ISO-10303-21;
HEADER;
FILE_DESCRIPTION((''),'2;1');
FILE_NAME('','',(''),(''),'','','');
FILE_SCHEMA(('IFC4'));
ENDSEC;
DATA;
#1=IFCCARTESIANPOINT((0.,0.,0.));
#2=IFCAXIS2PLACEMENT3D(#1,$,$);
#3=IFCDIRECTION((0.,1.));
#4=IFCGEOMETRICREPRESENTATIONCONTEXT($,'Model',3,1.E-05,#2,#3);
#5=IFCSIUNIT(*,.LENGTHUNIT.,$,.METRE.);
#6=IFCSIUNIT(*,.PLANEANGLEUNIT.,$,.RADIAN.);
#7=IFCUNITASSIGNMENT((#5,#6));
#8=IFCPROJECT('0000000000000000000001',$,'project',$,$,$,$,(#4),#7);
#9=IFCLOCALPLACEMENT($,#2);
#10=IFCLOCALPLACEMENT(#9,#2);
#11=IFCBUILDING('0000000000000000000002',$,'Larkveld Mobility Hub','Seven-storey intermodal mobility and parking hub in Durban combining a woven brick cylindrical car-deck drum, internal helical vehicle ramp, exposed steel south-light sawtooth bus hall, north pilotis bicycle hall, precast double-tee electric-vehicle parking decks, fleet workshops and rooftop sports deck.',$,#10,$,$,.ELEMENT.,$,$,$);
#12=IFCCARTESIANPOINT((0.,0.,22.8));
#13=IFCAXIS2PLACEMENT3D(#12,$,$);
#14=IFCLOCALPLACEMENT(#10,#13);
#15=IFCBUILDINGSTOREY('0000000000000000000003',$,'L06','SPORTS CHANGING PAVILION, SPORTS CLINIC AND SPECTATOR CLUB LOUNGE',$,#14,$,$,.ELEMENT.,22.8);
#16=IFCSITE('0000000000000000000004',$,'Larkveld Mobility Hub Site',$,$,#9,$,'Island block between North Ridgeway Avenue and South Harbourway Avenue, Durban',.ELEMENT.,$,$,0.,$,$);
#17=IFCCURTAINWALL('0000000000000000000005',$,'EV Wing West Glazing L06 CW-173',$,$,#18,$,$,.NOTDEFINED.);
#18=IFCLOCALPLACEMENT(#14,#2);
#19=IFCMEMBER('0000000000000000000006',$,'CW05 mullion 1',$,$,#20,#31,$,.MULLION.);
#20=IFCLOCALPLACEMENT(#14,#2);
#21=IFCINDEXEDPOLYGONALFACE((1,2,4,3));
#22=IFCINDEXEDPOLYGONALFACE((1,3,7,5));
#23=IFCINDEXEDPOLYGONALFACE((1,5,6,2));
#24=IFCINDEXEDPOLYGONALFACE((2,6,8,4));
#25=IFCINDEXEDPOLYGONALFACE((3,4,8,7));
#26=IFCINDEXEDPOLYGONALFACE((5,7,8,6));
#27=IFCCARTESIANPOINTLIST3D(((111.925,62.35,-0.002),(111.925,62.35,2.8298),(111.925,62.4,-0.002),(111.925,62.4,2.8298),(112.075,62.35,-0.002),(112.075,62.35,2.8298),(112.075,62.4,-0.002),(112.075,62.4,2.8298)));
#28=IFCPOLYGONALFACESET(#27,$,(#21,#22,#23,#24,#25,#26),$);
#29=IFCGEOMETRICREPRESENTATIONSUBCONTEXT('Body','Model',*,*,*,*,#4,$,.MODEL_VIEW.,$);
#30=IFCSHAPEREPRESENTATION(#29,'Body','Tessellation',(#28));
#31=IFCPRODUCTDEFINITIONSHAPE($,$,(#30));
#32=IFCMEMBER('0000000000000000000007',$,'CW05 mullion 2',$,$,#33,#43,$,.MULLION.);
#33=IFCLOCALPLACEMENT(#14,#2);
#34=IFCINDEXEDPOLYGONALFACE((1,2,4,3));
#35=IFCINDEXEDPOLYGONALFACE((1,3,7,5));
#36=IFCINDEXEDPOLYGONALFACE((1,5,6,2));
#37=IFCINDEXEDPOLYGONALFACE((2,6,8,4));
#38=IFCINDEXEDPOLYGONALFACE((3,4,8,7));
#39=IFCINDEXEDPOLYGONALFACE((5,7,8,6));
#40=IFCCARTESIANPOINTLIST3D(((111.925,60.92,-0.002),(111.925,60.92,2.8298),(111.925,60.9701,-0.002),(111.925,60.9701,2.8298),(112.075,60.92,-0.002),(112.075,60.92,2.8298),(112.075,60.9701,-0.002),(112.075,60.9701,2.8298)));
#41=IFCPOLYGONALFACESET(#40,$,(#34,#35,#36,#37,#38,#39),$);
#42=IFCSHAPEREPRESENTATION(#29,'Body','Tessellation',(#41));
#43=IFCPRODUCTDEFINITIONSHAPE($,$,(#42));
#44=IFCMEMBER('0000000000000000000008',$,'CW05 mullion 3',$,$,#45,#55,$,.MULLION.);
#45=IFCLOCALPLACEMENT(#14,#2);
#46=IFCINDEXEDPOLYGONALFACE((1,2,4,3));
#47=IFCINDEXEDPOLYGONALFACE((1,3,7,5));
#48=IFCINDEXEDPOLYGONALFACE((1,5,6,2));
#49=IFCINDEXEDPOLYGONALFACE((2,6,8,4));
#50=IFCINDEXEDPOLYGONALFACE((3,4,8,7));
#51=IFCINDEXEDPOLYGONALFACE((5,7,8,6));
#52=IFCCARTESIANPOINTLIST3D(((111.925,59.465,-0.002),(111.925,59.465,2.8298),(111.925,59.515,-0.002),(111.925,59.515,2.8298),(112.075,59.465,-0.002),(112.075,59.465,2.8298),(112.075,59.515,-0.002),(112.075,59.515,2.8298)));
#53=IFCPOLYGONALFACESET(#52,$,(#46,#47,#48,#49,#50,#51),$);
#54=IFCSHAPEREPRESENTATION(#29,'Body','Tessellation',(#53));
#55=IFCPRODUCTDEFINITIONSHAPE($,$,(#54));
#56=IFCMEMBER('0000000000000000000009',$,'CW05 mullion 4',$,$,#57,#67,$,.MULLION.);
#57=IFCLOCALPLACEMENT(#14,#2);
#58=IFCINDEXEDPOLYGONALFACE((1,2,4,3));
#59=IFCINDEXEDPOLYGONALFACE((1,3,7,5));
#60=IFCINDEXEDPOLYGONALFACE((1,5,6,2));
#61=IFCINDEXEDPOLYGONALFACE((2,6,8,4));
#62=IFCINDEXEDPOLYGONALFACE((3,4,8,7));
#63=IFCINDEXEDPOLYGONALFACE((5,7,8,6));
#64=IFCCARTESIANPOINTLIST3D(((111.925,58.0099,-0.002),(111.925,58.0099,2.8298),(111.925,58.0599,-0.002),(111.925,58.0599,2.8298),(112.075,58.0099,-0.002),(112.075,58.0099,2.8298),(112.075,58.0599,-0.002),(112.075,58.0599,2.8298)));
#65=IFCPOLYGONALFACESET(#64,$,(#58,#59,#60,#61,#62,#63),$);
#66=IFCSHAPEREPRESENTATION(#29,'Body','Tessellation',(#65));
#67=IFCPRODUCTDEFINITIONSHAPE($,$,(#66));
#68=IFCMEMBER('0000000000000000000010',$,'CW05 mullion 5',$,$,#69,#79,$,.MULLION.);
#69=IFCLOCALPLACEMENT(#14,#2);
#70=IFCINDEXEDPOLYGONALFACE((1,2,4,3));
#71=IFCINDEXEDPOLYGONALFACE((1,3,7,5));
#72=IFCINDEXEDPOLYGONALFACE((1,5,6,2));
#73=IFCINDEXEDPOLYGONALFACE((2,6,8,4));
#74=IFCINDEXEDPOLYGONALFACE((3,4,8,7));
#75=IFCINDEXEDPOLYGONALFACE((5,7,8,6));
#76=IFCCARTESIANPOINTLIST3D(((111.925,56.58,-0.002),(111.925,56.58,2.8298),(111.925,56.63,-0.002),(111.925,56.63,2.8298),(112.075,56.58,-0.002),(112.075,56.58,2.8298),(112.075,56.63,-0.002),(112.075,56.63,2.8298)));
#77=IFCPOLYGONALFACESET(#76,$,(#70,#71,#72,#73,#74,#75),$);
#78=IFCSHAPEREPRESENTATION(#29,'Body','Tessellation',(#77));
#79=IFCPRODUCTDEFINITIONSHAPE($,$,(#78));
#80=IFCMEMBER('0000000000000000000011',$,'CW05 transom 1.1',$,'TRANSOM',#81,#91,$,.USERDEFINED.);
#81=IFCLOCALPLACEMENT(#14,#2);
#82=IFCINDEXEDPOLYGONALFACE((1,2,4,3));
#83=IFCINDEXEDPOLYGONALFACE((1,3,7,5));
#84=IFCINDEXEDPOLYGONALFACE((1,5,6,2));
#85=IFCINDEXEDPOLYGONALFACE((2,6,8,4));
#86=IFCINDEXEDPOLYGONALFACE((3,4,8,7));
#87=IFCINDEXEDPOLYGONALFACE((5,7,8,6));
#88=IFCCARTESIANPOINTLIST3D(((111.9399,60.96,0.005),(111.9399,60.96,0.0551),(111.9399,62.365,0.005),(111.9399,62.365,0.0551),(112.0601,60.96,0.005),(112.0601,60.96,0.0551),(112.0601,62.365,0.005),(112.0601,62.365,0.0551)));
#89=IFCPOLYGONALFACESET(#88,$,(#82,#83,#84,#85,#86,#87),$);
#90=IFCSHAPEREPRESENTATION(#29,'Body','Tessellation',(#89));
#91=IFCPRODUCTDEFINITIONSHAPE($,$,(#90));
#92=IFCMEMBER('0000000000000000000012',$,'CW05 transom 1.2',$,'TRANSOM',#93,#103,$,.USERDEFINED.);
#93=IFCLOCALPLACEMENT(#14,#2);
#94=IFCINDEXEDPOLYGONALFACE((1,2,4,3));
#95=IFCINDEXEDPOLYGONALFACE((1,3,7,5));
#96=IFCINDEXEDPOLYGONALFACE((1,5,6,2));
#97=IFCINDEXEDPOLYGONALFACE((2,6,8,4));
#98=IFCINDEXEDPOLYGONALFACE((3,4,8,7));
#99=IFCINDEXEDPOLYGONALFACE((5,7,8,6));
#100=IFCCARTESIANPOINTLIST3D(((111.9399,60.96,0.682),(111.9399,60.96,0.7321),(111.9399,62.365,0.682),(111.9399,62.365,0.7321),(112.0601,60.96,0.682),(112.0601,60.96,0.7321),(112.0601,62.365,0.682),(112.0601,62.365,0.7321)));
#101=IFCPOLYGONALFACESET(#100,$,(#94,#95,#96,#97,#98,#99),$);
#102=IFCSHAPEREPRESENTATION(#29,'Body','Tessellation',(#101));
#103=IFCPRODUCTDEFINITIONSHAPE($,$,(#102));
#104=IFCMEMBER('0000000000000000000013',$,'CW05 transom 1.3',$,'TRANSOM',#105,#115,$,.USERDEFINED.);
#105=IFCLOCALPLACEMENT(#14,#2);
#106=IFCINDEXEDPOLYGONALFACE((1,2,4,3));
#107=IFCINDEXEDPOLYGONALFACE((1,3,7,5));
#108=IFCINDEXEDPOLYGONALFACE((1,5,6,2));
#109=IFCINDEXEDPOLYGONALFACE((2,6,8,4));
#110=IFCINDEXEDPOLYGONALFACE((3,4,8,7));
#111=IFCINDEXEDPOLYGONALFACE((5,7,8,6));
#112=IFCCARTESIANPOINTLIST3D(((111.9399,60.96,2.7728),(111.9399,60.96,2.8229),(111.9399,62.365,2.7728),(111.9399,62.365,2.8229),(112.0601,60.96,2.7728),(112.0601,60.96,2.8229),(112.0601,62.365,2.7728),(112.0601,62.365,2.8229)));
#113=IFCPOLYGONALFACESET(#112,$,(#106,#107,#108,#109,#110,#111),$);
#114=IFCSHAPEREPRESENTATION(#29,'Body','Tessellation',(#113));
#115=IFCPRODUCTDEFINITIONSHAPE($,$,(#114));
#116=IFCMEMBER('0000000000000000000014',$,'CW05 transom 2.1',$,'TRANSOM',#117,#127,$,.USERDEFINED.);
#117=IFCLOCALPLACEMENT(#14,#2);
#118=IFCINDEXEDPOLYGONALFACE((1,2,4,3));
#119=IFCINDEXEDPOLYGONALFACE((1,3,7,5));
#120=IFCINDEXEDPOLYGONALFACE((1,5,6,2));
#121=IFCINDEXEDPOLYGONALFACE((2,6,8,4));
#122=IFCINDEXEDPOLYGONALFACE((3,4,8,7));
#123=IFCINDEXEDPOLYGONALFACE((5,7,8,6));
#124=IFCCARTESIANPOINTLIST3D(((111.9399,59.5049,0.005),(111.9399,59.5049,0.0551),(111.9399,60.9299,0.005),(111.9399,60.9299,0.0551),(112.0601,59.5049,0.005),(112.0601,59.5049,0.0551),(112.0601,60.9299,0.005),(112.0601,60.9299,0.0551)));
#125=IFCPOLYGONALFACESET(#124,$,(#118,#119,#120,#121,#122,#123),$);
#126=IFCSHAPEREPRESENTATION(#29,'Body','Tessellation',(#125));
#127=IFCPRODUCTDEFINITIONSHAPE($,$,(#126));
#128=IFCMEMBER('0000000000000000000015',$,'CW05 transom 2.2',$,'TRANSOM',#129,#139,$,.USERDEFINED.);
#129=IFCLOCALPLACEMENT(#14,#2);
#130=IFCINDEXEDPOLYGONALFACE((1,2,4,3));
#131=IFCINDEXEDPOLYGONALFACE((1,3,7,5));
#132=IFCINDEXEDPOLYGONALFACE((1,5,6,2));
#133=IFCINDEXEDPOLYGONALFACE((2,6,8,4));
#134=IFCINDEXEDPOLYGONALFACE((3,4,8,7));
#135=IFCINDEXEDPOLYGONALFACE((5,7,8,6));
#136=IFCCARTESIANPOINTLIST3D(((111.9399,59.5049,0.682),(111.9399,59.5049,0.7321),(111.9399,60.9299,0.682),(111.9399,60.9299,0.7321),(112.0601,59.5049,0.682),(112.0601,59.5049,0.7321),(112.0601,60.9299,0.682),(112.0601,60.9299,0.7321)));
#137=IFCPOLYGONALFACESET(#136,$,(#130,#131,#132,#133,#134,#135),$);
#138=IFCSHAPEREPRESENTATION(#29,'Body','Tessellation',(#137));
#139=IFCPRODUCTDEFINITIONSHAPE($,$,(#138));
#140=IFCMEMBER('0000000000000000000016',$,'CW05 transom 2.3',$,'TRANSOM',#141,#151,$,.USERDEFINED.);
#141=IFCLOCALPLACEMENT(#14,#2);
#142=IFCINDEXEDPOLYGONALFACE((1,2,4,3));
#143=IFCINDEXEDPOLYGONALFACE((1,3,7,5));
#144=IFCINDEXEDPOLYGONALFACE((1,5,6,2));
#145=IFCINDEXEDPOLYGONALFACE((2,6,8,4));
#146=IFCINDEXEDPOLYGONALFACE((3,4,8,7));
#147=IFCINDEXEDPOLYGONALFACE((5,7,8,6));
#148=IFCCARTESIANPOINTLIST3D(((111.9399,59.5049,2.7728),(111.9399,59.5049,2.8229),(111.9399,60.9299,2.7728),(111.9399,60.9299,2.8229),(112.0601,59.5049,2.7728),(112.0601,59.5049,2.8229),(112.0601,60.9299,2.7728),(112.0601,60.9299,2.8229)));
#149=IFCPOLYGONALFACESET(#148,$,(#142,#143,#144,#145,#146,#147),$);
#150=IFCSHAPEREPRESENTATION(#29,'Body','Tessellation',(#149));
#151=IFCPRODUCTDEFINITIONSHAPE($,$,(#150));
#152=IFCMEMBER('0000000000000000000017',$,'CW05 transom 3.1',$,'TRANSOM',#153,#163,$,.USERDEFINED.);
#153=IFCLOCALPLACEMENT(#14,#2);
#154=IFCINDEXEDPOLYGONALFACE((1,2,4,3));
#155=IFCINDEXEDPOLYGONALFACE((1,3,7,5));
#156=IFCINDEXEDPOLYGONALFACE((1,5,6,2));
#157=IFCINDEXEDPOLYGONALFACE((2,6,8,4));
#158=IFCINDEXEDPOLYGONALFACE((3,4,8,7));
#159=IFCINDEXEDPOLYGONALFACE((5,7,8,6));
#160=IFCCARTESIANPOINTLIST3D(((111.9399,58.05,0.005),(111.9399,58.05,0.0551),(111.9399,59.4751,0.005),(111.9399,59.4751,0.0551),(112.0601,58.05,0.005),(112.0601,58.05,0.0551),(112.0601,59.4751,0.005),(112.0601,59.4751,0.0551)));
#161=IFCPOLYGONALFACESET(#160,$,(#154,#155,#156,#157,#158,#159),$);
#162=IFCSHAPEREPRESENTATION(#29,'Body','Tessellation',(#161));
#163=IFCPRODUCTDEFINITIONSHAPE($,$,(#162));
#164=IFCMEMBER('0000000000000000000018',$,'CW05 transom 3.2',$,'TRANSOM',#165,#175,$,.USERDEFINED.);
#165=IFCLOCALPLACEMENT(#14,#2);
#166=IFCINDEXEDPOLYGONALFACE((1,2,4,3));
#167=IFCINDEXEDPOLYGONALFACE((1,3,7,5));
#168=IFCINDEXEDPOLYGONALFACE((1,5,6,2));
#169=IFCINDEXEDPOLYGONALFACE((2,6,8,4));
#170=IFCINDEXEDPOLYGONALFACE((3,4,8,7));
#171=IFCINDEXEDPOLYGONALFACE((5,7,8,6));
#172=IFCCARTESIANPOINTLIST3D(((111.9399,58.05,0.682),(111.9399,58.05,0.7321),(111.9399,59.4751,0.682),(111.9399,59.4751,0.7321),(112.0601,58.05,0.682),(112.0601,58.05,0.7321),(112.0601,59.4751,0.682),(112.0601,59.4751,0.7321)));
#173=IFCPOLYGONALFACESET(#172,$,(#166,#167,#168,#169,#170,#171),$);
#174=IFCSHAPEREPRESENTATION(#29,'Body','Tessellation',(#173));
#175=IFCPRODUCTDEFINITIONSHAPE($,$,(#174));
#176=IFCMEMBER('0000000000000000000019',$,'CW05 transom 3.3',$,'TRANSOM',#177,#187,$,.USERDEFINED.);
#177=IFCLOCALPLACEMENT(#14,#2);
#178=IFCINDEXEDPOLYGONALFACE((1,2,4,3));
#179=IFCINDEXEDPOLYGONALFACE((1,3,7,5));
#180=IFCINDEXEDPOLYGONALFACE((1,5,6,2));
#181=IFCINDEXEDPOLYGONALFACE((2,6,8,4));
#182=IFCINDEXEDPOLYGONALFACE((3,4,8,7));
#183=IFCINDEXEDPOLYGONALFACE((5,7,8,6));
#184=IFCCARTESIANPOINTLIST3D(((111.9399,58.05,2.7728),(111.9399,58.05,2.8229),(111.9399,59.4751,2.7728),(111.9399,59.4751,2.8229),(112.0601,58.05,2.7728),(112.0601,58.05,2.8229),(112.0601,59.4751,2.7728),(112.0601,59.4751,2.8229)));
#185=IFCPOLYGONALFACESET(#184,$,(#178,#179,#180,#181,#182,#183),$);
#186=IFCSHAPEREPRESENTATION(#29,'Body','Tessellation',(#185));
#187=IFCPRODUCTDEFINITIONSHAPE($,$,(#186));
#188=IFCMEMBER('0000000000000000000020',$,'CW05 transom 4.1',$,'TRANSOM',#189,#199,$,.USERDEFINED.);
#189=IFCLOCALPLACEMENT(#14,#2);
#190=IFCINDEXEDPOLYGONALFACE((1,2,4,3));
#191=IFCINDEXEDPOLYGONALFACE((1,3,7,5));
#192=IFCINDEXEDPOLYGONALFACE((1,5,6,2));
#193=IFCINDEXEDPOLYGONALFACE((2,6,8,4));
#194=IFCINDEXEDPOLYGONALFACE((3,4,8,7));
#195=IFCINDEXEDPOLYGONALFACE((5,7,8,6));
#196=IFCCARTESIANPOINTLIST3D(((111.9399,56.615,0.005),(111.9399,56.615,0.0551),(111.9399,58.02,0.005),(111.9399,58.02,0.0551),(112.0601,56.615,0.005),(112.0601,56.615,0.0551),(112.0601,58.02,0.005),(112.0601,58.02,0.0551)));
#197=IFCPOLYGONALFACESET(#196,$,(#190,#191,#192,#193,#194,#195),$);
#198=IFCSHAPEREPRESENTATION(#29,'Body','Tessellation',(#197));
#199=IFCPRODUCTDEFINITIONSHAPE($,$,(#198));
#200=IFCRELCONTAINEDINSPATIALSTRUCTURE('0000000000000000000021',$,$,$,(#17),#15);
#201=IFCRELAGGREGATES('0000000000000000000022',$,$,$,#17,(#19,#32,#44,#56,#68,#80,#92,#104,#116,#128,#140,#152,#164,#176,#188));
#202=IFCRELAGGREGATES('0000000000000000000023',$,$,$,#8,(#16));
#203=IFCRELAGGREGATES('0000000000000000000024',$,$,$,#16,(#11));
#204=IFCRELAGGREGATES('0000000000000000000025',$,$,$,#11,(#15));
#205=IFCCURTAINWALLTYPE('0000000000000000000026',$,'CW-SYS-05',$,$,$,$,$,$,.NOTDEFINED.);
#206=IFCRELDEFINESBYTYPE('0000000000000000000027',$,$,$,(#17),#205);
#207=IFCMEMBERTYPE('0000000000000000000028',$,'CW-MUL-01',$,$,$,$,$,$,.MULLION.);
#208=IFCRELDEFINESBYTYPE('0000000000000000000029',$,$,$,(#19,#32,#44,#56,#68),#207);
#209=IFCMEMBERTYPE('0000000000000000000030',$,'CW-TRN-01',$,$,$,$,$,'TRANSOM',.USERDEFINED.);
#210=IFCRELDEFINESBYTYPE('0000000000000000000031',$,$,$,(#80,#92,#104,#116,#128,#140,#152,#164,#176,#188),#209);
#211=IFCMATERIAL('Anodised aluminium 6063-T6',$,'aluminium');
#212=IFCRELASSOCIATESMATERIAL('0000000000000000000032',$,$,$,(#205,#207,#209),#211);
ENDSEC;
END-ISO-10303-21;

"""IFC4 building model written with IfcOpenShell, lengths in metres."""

from ifc_helpers import new_model, si_unit, direction, frame, origin, origin_2d, place, context, subcontext, project, spatial, rectangle, extrude, material, material_profile, profile_set, type_object, element, aggregate, save


model = new_model("IFC4")

# Units and contexts
model_context = context("Model", 3, precision=1e-05, world=origin(), true_north=direction((0.0, 1.0)))
body_context = subcontext(model_context, "Body", "Model", "MODEL_VIEW")
ifc_project = project(units=[si_unit("LENGTHUNIT", "METRE"), si_unit("PLANEANGLEUNIT", "RADIAN")], contexts=[model_context])

# Site, building, storey
site_placement = place(None, origin())
site = spatial("IfcSite", under=ifc_project, at=site_placement, Name="Larkveld Mobility Hub Site", LongName="Island block between North Ridgeway Avenue and South Harbourway Avenue, Durban", CompositionType="ELEMENT", RefElevation=0.0)
building_placement = place(site_placement, origin())
building = spatial("IfcBuilding", under=site, at=building_placement, Name="Larkveld Mobility Hub", Description="Seven-storey intermodal mobility and parking hub in Durban combining a woven brick cylindrical car-deck drum, internal helical vehicle ramp, exposed steel south-light sawtooth bus hall, north pilotis bicycle hall, precast double-tee electric-vehicle parking decks, fleet workshops and rooftop sports deck.", CompositionType="ELEMENT")
storey_placement = place(building_placement, frame((0.0, 0.0, 22.8)))
storey = spatial("IfcBuildingStorey", under=building, at=storey_placement, Name="L06", Description="SPORTS CHANGING PAVILION, SPORTS CLINIC AND SPECTATOR CLUB LOUNGE", CompositionType="ELEMENT", Elevation=22.8)

# Curtain wall, members
ifc_material_1 = material(Name="Anodised aluminium 6063-T6", Category="aluminium")
curtain_wall_type_1 = type_object("IfcCurtainWallType", Name="CW-SYS-05", PredefinedType="NOTDEFINED", material=ifc_material_1)
curtain_wall_1_placement = place(storey_placement, origin())
curtain_wall_1 = element("IfcCurtainWall", 1, at=curtain_wall_1_placement, inside=storey, type_object=curtain_wall_type_1, Name="EV Wing West Glazing L06 CW-173", PredefinedType="NOTDEFINED")
ifc_material_profile_1 = material_profile(ifc_material_1, rectangle(XDim=0.05, YDim=0.1499, at=origin_2d()), Name="ALU MULL 50x150")
ifc_profile_set_1 = profile_set([ifc_material_profile_1], Name="Anodised aluminium 6063-T6")
member_type_1 = type_object("IfcMemberType", Name="CW-MUL-01", PredefinedType="MULLION", material=ifc_profile_set_1)
member_1_placement = place(storey_placement, frame((112.0, 62.375, -0.002), z_axis=(0.0, 0.0, 1.0), x_axis=(0.0, -1.0, 0.0)))
member_1 = element("IfcMember", 2, at=member_1_placement, type_object=member_type_1, Name="CW05 mullion 1", PredefinedType="MULLION", context=body_context, shape_type="SweptSolid", body=[
    extrude(rectangle(XDim=0.05, YDim=0.1499, at=origin_2d()), origin(), (0.0, 0.0, 1.0), 2.8318),
])
member_2_placement = place(storey_placement, frame((112.0, 60.9451, -0.002), z_axis=(0.0, 0.0, 1.0), x_axis=(0.0, -1.0, 0.0)))
member_2 = element("IfcMember", 3, at=member_2_placement, type_object=member_type_1, Name="CW05 mullion 2", PredefinedType="MULLION", context=body_context, shape_type="SweptSolid", body=[
    extrude(rectangle(XDim=0.05, YDim=0.1499, at=origin_2d()), origin(), (0.0, 0.0, 1.0), 2.8318),
])
member_3_placement = place(storey_placement, frame((112.0, 59.49, -0.002), z_axis=(0.0, 0.0, 1.0), x_axis=(0.0, -1.0, 0.0)))
member_3 = element("IfcMember", 4, at=member_3_placement, type_object=member_type_1, Name="CW05 mullion 3", PredefinedType="MULLION", context=body_context, shape_type="SweptSolid", body=[
    extrude(rectangle(XDim=0.05, YDim=0.1499, at=origin_2d()), origin(), (0.0, 0.0, 1.0), 2.8318),
])
member_4_placement = place(storey_placement, frame((112.0, 58.0349, -0.002), z_axis=(0.0, 0.0, 1.0), x_axis=(0.0, -1.0, 0.0)))
member_4 = element("IfcMember", 5, at=member_4_placement, type_object=member_type_1, Name="CW05 mullion 4", PredefinedType="MULLION", context=body_context, shape_type="SweptSolid", body=[
    extrude(rectangle(XDim=0.05, YDim=0.1499, at=origin_2d()), origin(), (0.0, 0.0, 1.0), 2.8318),
])
member_5_placement = place(storey_placement, frame((112.0, 56.605, -0.002), z_axis=(0.0, 0.0, 1.0), x_axis=(0.0, -1.0, 0.0)))
member_5 = element("IfcMember", 6, at=member_5_placement, type_object=member_type_1, Name="CW05 mullion 5", PredefinedType="MULLION", context=body_context, shape_type="SweptSolid", body=[
    extrude(rectangle(XDim=0.05, YDim=0.1499, at=origin_2d()), origin(), (0.0, 0.0, 1.0), 2.8318),
])
ifc_material_profile_2 = material_profile(ifc_material_1, rectangle(XDim=0.1201, YDim=0.05, at=origin_2d()), Name="ALU TRAN 50x120")
ifc_profile_set_2 = profile_set([ifc_material_profile_2], Name="Anodised aluminium 6063-T6")
member_type_2 = type_object("IfcMemberType", Name="CW-TRN-01", ElementType="TRANSOM", PredefinedType="USERDEFINED", material=ifc_profile_set_2)
member_6_placement = place(storey_placement, frame((112.0, 62.365, 0.03), z_axis=(0.0, -1.0, 0.0), x_axis=(1.0, 0.0, 0.0)))
member_6 = element("IfcMember", 7, at=member_6_placement, type_object=member_type_2, Name="CW05 transom 1.1", ObjectType="TRANSOM", PredefinedType="USERDEFINED", context=body_context, shape_type="SweptSolid", body=[
    extrude(rectangle(XDim=0.1201, YDim=0.05, at=origin_2d()), origin(), (0.0, 0.0, 1.0), 1.405),
])
member_7_placement = place(storey_placement, frame((112.0, 62.365, 0.707), z_axis=(0.0, -1.0, 0.0), x_axis=(1.0, 0.0, 0.0)))
member_7 = element("IfcMember", 8, at=member_7_placement, type_object=member_type_2, Name="CW05 transom 1.2", ObjectType="TRANSOM", PredefinedType="USERDEFINED", context=body_context, shape_type="SweptSolid", body=[
    extrude(rectangle(XDim=0.1201, YDim=0.05, at=origin_2d()), origin(), (0.0, 0.0, 1.0), 1.405),
])
member_8_placement = place(storey_placement, frame((112.0, 62.365, 2.7979), z_axis=(0.0, -1.0, 0.0), x_axis=(1.0, 0.0, 0.0)))
member_8 = element("IfcMember", 9, at=member_8_placement, type_object=member_type_2, Name="CW05 transom 1.3", ObjectType="TRANSOM", PredefinedType="USERDEFINED", context=body_context, shape_type="SweptSolid", body=[
    extrude(rectangle(XDim=0.1201, YDim=0.05, at=origin_2d()), origin(), (0.0, 0.0, 1.0), 1.405),
])
member_9_placement = place(storey_placement, frame((112.0, 60.9299, 0.03), z_axis=(0.0, -1.0, 0.0), x_axis=(1.0, 0.0, 0.0)))
member_9 = element("IfcMember", 10, at=member_9_placement, type_object=member_type_2, Name="CW05 transom 2.1", ObjectType="TRANSOM", PredefinedType="USERDEFINED", context=body_context, shape_type="SweptSolid", body=[
    extrude(rectangle(XDim=0.1201, YDim=0.05, at=origin_2d()), origin(), (0.0, 0.0, 1.0), 1.425),
])
member_10_placement = place(storey_placement, frame((112.0, 60.9299, 0.707), z_axis=(0.0, -1.0, 0.0), x_axis=(1.0, 0.0, 0.0)))
member_10 = element("IfcMember", 11, at=member_10_placement, type_object=member_type_2, Name="CW05 transom 2.2", ObjectType="TRANSOM", PredefinedType="USERDEFINED", context=body_context, shape_type="SweptSolid", body=[
    extrude(rectangle(XDim=0.1201, YDim=0.05, at=origin_2d()), origin(), (0.0, 0.0, 1.0), 1.425),
])
member_11_placement = place(storey_placement, frame((112.0, 60.9299, 2.7979), z_axis=(0.0, -1.0, 0.0), x_axis=(1.0, 0.0, 0.0)))
member_11 = element("IfcMember", 12, at=member_11_placement, type_object=member_type_2, Name="CW05 transom 2.3", ObjectType="TRANSOM", PredefinedType="USERDEFINED", context=body_context, shape_type="SweptSolid", body=[
    extrude(rectangle(XDim=0.1201, YDim=0.05, at=origin_2d()), origin(), (0.0, 0.0, 1.0), 1.425),
])
member_12_placement = place(storey_placement, frame((112.0, 59.4751, 0.03), z_axis=(0.0, -1.0, 0.0), x_axis=(1.0, 0.0, 0.0)))
member_12 = element("IfcMember", 13, at=member_12_placement, type_object=member_type_2, Name="CW05 transom 3.1", ObjectType="TRANSOM", PredefinedType="USERDEFINED", context=body_context, shape_type="SweptSolid", body=[
    extrude(rectangle(XDim=0.1201, YDim=0.05, at=origin_2d()), origin(), (0.0, 0.0, 1.0), 1.425),
])
member_13_placement = place(storey_placement, frame((112.0, 59.4751, 0.707), z_axis=(0.0, -1.0, 0.0), x_axis=(1.0, 0.0, 0.0)))
member_13 = element("IfcMember", 14, at=member_13_placement, type_object=member_type_2, Name="CW05 transom 3.2", ObjectType="TRANSOM", PredefinedType="USERDEFINED", context=body_context, shape_type="SweptSolid", body=[
    extrude(rectangle(XDim=0.1201, YDim=0.05, at=origin_2d()), origin(), (0.0, 0.0, 1.0), 1.425),
])
member_14_placement = place(storey_placement, frame((112.0, 59.4751, 2.7979), z_axis=(0.0, -1.0, 0.0), x_axis=(1.0, 0.0, 0.0)))
member_14 = element("IfcMember", 15, at=member_14_placement, type_object=member_type_2, Name="CW05 transom 3.3", ObjectType="TRANSOM", PredefinedType="USERDEFINED", context=body_context, shape_type="SweptSolid", body=[
    extrude(rectangle(XDim=0.1201, YDim=0.05, at=origin_2d()), origin(), (0.0, 0.0, 1.0), 1.425),
])
member_15_placement = place(storey_placement, frame((112.0, 58.02, 0.03), z_axis=(0.0, -1.0, 0.0), x_axis=(1.0, 0.0, 0.0)))
member_15 = element("IfcMember", 16, at=member_15_placement, type_object=member_type_2, Name="CW05 transom 4.1", ObjectType="TRANSOM", PredefinedType="USERDEFINED", context=body_context, shape_type="SweptSolid", body=[
    extrude(rectangle(XDim=0.1201, YDim=0.05, at=origin_2d()), origin(), (0.0, 0.0, 1.0), 1.405),
])

aggregate(curtain_wall_1, [member_1, member_2, member_3, member_4, member_5, member_6, member_7, member_8, member_9, member_10, member_11, member_12, member_13, member_14, member_15])

save(model, "model.ifc")
